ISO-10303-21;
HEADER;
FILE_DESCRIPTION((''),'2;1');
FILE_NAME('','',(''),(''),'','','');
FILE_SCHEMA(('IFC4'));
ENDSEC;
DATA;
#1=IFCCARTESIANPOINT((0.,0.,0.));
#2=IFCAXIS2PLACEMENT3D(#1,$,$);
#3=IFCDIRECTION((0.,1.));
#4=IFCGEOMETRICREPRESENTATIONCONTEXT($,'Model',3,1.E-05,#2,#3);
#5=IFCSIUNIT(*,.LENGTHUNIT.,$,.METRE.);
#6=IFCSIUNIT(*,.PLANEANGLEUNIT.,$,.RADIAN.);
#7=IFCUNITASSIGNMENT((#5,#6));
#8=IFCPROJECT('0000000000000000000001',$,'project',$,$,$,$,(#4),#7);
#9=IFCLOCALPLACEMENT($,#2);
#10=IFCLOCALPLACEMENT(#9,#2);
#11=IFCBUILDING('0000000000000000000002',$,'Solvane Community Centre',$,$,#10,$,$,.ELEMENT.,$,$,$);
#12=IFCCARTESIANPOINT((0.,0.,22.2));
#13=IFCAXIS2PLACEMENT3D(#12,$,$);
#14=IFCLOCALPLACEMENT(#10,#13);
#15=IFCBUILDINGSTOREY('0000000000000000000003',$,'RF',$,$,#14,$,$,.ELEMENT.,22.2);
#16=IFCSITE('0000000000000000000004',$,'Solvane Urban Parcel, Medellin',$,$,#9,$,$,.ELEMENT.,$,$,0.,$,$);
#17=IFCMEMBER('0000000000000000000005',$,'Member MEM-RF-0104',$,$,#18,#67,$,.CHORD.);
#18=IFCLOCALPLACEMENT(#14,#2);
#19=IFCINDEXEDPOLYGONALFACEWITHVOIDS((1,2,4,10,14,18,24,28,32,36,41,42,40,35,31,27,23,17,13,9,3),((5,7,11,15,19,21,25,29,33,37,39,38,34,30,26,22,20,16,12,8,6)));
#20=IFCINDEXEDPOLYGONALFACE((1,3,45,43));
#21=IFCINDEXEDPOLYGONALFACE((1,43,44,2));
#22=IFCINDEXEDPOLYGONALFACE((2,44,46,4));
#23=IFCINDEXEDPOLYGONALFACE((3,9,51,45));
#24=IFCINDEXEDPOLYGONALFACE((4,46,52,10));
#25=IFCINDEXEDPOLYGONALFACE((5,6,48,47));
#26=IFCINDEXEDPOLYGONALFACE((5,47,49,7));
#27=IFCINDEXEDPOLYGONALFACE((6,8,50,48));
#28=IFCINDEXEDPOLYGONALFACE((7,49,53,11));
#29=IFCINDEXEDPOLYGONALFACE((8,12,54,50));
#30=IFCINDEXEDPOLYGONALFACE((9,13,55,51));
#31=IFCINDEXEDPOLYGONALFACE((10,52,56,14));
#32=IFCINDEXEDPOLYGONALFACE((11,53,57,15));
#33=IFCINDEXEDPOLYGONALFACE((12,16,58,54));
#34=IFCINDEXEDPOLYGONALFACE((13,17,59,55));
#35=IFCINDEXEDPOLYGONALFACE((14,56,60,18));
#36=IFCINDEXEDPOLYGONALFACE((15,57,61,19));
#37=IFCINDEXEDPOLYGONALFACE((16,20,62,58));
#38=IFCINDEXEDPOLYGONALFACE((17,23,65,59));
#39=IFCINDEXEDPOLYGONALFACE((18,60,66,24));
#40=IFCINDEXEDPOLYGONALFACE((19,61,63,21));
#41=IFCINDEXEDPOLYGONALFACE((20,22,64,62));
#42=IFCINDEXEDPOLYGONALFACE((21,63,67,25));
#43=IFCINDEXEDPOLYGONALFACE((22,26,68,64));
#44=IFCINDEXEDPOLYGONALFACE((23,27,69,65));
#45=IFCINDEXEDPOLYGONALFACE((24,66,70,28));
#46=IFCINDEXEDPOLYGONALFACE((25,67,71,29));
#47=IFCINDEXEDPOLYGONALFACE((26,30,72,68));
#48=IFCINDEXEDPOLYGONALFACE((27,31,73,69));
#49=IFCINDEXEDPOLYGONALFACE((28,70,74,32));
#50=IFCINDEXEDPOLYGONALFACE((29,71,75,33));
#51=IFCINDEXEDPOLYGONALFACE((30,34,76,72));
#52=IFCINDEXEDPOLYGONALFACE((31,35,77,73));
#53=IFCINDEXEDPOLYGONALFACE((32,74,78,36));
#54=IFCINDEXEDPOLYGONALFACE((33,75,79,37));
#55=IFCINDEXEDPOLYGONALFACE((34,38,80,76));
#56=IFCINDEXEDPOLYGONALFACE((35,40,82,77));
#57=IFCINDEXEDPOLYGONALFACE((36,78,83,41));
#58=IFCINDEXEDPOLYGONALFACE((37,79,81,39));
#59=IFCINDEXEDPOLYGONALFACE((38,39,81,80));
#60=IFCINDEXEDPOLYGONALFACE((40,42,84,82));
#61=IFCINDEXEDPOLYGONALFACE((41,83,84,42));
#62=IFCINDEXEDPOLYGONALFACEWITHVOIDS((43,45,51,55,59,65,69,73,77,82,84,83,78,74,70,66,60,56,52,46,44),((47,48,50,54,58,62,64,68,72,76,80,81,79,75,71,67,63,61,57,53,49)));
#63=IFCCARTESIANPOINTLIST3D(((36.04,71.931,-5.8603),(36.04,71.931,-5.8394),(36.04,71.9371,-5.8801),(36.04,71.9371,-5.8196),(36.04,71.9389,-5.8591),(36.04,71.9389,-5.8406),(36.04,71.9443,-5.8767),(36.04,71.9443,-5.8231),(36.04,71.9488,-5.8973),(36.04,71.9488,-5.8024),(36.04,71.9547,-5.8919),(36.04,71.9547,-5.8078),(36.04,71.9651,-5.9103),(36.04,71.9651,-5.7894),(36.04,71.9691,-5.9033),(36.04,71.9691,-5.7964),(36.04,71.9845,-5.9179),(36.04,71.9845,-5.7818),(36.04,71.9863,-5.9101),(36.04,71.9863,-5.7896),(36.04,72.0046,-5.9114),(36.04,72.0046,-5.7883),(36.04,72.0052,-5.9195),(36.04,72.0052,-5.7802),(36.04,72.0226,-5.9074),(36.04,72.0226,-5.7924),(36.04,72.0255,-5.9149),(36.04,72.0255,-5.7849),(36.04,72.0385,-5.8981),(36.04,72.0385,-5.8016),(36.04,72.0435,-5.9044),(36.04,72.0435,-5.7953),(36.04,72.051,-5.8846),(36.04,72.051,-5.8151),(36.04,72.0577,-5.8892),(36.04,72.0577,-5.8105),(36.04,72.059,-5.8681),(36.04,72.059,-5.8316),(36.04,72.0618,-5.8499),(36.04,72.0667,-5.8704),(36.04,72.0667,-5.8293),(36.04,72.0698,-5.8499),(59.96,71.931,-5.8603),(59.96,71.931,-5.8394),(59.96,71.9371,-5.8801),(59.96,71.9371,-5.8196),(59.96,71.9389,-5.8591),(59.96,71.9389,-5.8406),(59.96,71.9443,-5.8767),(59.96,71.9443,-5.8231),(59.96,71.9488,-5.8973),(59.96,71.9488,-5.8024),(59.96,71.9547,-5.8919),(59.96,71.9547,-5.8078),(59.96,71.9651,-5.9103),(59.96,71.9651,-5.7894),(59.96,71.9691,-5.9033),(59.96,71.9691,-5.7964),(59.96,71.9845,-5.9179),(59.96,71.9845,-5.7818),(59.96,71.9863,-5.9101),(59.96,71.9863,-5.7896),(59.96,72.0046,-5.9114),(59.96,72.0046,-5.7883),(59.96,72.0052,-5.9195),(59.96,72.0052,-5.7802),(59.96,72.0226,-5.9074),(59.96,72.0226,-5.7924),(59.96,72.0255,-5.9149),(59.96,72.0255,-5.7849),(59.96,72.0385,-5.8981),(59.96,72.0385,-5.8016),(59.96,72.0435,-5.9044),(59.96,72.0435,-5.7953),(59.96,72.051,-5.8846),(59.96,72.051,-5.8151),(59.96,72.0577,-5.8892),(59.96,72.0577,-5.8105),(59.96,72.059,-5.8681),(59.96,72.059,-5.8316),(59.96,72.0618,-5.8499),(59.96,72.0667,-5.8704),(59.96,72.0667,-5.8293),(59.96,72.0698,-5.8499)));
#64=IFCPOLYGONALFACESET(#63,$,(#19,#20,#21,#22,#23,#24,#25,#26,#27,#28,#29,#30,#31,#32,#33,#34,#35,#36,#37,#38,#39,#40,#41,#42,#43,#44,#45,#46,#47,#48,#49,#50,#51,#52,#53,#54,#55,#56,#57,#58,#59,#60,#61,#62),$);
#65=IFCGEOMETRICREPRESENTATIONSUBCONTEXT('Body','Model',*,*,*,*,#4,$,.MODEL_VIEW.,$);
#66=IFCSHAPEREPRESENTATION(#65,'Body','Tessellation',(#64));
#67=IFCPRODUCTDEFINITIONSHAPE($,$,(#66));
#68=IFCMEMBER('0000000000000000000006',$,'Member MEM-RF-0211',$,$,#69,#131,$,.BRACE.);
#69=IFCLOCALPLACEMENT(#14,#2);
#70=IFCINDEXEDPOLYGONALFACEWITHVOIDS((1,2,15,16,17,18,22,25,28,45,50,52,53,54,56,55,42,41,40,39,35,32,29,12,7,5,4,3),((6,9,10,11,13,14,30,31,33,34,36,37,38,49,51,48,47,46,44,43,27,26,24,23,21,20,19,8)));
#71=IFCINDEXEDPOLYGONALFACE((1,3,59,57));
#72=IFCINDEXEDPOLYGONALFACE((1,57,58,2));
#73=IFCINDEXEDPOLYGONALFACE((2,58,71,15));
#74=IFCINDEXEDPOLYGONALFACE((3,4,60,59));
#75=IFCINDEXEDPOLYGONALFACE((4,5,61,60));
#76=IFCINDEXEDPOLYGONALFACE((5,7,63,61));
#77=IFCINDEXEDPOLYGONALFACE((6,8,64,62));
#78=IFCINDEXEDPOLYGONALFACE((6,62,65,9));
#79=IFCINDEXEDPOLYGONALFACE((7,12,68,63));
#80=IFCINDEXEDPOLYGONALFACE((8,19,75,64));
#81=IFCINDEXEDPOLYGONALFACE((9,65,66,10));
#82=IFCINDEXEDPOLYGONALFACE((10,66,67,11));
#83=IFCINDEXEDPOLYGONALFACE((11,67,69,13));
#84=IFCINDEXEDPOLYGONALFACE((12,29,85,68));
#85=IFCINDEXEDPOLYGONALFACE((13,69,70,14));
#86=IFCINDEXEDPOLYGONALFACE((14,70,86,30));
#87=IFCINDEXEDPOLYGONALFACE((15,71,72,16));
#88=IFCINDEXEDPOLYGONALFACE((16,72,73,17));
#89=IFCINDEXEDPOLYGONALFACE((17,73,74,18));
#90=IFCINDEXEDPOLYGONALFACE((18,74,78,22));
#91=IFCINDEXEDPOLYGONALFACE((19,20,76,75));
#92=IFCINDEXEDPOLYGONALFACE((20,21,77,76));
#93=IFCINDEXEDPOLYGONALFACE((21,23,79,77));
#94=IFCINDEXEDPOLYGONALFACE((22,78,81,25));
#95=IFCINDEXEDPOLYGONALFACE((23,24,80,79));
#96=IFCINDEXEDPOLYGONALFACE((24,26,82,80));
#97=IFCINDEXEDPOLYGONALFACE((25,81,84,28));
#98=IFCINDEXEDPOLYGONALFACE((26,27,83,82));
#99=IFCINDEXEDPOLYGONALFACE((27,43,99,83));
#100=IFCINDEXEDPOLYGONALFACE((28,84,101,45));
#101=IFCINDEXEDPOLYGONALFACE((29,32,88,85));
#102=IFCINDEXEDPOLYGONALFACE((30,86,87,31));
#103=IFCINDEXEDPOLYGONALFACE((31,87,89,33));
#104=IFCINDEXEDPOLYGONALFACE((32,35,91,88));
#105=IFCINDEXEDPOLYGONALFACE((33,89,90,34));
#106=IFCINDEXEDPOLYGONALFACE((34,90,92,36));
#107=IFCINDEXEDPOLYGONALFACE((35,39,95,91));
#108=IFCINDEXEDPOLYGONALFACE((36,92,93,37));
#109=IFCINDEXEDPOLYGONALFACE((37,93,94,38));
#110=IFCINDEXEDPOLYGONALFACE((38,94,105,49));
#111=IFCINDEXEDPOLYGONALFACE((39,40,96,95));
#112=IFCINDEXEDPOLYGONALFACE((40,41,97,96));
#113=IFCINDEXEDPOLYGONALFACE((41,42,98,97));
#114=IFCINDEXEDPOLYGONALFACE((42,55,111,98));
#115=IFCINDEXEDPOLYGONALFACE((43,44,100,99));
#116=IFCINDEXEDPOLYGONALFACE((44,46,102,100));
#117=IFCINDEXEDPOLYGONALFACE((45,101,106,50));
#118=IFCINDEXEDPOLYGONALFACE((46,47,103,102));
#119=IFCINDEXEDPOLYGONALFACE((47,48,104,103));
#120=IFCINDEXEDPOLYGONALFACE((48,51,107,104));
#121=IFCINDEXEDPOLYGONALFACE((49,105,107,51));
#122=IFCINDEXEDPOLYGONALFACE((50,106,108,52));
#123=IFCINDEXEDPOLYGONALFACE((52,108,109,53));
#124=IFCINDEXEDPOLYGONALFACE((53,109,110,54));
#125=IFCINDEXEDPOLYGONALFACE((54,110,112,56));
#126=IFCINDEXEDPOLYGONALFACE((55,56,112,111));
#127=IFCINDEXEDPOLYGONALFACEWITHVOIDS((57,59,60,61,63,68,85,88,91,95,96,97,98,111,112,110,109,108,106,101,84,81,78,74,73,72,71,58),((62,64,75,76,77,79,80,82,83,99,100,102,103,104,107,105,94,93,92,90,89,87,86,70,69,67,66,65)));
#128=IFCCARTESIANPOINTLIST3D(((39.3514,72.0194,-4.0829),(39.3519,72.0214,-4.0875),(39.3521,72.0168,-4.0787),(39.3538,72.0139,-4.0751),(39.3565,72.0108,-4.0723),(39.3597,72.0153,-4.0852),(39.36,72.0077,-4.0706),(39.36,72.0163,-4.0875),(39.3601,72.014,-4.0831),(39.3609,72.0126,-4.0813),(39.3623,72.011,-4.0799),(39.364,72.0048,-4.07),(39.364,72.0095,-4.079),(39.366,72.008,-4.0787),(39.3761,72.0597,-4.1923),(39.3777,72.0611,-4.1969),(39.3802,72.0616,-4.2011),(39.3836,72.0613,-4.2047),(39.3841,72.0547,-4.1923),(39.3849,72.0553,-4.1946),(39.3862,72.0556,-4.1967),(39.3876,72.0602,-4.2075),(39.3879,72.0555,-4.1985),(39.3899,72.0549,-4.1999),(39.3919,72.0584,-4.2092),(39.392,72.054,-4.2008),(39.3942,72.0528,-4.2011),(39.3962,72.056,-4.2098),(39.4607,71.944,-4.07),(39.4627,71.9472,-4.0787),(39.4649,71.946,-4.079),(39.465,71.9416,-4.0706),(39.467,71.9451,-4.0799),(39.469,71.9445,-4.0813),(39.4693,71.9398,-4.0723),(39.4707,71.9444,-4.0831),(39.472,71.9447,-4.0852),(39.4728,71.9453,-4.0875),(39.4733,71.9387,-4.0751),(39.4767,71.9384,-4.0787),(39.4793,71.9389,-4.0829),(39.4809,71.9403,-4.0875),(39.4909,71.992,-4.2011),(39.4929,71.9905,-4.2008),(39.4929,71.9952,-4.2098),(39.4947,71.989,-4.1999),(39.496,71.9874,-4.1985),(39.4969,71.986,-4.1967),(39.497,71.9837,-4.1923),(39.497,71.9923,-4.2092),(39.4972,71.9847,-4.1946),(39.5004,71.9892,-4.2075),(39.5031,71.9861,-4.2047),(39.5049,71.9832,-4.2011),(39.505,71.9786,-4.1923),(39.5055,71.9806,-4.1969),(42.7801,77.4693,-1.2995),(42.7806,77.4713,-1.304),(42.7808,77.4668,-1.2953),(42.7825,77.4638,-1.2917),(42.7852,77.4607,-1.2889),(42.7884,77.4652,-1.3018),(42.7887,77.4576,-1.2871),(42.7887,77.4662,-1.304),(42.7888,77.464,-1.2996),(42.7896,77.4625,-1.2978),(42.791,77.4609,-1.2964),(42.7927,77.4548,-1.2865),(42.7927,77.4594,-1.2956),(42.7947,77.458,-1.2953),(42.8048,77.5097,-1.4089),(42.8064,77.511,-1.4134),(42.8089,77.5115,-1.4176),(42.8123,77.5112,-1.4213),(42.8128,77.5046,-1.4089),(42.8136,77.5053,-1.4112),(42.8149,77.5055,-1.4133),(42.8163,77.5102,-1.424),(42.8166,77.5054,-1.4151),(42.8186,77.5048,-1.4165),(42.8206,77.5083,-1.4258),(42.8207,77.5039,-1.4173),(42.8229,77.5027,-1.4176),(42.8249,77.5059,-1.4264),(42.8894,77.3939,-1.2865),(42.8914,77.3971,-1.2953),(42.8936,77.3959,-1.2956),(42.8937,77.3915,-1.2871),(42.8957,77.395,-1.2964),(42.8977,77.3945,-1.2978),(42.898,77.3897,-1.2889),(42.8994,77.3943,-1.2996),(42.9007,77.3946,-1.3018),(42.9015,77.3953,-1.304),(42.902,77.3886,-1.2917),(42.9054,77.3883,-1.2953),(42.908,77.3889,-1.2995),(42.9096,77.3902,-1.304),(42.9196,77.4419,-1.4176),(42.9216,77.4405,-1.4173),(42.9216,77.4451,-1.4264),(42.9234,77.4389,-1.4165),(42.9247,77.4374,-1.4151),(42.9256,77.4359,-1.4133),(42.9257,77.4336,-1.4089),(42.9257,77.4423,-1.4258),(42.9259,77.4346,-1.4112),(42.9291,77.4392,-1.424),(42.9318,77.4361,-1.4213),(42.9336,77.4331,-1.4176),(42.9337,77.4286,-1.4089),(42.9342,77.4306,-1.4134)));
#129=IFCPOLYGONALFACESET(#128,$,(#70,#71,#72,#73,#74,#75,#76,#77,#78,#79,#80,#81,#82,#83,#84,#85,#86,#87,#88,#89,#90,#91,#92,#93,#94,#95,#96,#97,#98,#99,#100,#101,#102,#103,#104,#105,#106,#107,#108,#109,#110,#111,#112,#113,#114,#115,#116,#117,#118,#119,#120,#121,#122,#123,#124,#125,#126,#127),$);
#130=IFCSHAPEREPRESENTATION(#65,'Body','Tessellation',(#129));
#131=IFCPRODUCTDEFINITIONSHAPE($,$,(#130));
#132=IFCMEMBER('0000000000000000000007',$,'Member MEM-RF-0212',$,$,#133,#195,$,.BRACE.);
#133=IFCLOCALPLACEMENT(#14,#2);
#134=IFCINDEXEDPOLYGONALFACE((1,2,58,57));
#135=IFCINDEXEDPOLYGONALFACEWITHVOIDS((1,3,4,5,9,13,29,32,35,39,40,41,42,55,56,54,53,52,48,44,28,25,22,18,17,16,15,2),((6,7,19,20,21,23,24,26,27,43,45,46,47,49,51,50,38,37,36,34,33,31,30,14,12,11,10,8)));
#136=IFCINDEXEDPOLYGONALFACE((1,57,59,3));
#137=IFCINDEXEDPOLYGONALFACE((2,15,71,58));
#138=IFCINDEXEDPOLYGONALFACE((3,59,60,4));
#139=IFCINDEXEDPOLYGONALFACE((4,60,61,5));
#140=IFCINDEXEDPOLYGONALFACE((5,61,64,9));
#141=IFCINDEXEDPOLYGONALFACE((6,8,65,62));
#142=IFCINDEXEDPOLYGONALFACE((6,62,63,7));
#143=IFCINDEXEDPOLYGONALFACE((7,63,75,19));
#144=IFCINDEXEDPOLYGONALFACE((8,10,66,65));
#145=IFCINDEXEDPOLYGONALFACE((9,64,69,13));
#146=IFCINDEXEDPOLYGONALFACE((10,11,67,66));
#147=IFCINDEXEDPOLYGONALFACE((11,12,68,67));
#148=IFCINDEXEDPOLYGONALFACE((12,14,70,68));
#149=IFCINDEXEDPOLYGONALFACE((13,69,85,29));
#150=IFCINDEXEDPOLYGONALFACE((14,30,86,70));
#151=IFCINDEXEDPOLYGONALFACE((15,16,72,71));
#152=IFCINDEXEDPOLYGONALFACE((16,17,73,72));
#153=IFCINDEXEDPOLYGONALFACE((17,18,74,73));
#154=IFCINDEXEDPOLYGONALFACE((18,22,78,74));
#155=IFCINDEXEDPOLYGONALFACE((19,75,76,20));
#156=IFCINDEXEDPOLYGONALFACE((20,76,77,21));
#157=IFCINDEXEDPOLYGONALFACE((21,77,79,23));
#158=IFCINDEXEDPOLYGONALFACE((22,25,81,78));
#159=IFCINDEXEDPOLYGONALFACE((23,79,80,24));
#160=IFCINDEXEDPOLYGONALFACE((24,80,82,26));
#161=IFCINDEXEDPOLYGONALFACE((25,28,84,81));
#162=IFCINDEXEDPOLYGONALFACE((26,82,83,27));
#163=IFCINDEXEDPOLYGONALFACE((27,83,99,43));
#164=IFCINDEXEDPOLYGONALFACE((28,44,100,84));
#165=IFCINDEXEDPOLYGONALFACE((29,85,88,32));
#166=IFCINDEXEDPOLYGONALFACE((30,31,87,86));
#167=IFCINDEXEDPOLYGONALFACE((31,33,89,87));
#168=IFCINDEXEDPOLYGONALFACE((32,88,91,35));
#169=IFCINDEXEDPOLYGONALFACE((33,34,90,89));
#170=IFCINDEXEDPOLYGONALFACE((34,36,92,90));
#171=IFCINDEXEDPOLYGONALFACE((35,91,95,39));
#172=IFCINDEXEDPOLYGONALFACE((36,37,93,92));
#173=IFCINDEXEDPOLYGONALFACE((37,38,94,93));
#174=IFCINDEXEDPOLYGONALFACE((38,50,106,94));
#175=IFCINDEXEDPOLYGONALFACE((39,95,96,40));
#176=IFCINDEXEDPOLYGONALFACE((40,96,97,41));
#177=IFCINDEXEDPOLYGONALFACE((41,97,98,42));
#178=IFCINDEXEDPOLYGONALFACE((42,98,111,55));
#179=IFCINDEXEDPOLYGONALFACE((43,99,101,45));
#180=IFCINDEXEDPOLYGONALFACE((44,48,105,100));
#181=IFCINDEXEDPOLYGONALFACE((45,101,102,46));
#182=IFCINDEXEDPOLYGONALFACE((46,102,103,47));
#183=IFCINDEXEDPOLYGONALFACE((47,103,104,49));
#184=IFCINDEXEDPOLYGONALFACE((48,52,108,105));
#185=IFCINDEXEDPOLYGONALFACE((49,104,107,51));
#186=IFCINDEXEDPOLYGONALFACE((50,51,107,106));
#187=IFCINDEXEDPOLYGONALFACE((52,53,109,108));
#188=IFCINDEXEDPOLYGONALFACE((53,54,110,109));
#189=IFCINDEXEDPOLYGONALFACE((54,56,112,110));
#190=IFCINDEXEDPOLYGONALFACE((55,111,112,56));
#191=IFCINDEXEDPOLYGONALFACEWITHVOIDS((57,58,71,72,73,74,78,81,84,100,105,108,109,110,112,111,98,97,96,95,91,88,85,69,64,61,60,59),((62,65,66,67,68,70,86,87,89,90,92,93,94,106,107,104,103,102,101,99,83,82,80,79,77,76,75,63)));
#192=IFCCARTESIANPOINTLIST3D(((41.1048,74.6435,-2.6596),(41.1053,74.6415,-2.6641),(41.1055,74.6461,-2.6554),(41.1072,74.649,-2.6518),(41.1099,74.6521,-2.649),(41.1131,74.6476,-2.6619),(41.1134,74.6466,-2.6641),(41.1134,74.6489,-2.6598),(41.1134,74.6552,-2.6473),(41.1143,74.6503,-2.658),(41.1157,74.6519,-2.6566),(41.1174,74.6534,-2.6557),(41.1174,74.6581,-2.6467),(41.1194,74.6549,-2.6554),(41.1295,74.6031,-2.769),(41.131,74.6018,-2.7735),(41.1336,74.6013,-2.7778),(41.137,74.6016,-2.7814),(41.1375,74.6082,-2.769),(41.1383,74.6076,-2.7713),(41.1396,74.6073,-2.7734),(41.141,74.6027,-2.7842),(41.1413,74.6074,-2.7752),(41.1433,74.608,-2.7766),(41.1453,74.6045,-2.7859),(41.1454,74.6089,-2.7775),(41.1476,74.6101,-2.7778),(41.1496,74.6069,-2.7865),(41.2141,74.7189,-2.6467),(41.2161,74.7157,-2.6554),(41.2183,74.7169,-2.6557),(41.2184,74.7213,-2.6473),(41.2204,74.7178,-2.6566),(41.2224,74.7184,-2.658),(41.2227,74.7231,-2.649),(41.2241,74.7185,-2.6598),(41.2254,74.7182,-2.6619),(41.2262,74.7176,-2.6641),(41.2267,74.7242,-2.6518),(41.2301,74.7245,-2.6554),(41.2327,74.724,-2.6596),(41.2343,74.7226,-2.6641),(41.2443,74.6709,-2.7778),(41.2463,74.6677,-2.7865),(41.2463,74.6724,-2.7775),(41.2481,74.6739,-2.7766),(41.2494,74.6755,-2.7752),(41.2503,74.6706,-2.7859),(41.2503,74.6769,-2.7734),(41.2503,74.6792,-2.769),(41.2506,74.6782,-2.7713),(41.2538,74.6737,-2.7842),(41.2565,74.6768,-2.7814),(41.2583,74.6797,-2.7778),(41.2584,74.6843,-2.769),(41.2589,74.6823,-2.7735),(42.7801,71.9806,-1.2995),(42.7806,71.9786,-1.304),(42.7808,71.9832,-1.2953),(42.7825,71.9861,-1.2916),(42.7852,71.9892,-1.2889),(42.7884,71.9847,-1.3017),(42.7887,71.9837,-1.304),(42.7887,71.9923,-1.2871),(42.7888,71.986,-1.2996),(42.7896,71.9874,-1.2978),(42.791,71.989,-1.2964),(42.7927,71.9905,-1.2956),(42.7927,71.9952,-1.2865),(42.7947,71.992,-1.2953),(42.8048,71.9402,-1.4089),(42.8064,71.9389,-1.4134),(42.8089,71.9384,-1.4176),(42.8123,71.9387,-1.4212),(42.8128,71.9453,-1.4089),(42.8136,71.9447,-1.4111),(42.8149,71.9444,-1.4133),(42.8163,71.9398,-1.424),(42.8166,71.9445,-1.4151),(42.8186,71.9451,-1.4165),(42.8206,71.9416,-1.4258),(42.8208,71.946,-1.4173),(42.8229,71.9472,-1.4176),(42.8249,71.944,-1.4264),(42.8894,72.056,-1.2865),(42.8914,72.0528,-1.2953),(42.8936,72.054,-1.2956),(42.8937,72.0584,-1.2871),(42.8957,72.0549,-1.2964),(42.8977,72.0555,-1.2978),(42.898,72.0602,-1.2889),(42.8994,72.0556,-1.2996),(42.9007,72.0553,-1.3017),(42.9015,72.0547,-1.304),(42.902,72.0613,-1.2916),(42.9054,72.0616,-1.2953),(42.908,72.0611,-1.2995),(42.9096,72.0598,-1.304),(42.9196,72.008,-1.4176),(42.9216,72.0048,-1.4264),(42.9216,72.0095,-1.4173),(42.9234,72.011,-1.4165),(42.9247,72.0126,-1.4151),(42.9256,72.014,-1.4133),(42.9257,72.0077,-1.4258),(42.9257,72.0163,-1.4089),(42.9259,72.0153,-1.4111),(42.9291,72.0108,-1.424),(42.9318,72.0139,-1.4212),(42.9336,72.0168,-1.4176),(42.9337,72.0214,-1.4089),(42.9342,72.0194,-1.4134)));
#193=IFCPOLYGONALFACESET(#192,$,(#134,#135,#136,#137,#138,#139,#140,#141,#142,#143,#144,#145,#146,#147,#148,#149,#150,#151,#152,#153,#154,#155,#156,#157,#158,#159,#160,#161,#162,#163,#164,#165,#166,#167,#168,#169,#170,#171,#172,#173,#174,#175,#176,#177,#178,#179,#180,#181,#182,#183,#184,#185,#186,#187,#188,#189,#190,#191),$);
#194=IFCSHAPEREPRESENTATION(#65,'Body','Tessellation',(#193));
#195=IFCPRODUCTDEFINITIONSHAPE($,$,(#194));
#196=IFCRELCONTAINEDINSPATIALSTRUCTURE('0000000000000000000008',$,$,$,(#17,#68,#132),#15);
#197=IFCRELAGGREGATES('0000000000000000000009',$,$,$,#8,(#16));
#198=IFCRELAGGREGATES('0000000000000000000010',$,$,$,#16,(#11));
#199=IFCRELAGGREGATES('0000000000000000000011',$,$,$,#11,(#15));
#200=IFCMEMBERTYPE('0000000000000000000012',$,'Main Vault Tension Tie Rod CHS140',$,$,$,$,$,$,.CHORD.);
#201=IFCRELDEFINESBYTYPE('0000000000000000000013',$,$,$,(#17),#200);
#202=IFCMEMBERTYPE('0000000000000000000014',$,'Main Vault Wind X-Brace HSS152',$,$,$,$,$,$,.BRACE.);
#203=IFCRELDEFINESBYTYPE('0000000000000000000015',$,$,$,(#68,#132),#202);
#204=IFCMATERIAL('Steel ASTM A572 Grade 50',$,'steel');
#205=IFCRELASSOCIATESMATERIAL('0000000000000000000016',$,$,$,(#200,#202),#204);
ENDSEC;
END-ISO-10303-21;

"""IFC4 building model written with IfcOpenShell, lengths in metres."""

from ifc_helpers import new_model, si_unit, direction, frame, origin, origin_2d, place, context, subcontext, project, spatial, hollow_rectangle, hollow_circle, extrude, material, material_profile, profile_set, type_object, element, save


model = new_model("IFC4")

# Units and contexts
model_context = context("Model", 3, precision=1e-05, world=origin(), true_north=direction((0.0, 1.0)))
body_context = subcontext(model_context, "Body", "Model", "MODEL_VIEW")
ifc_project = project(units=[si_unit("LENGTHUNIT", "METRE"), si_unit("PLANEANGLEUNIT", "RADIAN")], contexts=[model_context])

# Site, building, storey
site_placement = place(None, origin())
site = spatial("IfcSite", under=ifc_project, at=site_placement, Name="Solvane Urban Parcel, Medellin", CompositionType="ELEMENT", RefElevation=0.0)
building_placement = place(site_placement, origin())
building = spatial("IfcBuilding", under=site, at=building_placement, Name="Solvane Community Centre", CompositionType="ELEMENT")
storey_placement = place(building_placement, frame((0.0, 0.0, 22.2)))
storey = spatial("IfcBuildingStorey", under=building, at=storey_placement, Name="RF", CompositionType="ELEMENT", Elevation=22.2)

# Members
ifc_material_1 = material(Name="Steel ASTM A572 Grade 50", Category="steel")
ifc_material_profile_1 = material_profile(ifc_material_1, hollow_circle(Radius=0.0698, WallThickness=0.0081, at=origin_2d()), Name="CHS 139.7x8.0")
ifc_profile_set_1 = profile_set([ifc_material_profile_1], Name="Steel ASTM A572 Grade 50")
member_type_1 = type_object("IfcMemberType", Name="Main Vault Tension Tie Rod CHS140", PredefinedType="CHORD", material=ifc_profile_set_1)
member_1_placement = place(storey_placement, frame((36.04, 72.0, -5.8499), z_axis=(1.0, 0.0, 0.0), x_axis=(0.0, 1.0, 0.0)))
element("IfcMember", 1, at=member_1_placement, inside=storey, type_object=member_type_1, Name="Member MEM-RF-0104", PredefinedType="CHORD", context=body_context, shape_type="SweptSolid", body=[
    extrude(hollow_circle(Radius=0.0698, WallThickness=0.0081, at=origin_2d()), origin(), (0.0, 0.0, 1.0), 23.9199),
])
ifc_material_profile_2 = material_profile(ifc_material_1, hollow_rectangle(XDim=0.1523, YDim=0.1523, WallThickness=0.0095, InnerFilletRadius=0.0095, OuterFilletRadius=0.019, at=origin_2d()), Name="HSS 152x152x9.5")
ifc_profile_set_2 = profile_set([ifc_material_profile_2], Name="Steel ASTM A572 Grade 50")
member_type_2 = type_object("IfcMemberType", Name="Main Vault Wind X-Brace HSS152", PredefinedType="BRACE", material=ifc_profile_set_2)
member_2_placement = place(storey_placement, frame((39.4285, 72.0, -4.1399), z_axis=(0.488791, 0.776936, 0.396804), x_axis=(-0.846425, 0.532509, 0.0)))
element("IfcMember", 2, at=member_2_placement, inside=storey, type_object=member_type_2, Name="Member MEM-RF-0211", PredefinedType="BRACE", context=body_context, shape_type="SweptSolid", body=[
    extrude(hollow_rectangle(XDim=0.1523, YDim=0.1523, WallThickness=0.0095, InnerFilletRadius=0.0095, OuterFilletRadius=0.019, at=origin_2d()), origin(), (0.0, 0.0, 1.0), 7.0146),
])
member_3_placement = place(storey_placement, frame((42.8572, 72.0, -1.3564), z_axis=(-0.488791, 0.776923, -0.396831), x_axis=(-0.846421, -0.532515, 0.0)))
element("IfcMember", 3, at=member_3_placement, inside=storey, type_object=member_type_2, Name="Member MEM-RF-0212", PredefinedType="BRACE", context=body_context, shape_type="SweptSolid", body=[
    extrude(hollow_rectangle(XDim=0.1523, YDim=0.1523, WallThickness=0.0095, InnerFilletRadius=0.0095, OuterFilletRadius=0.019, at=origin_2d()), origin(), (0.0, 0.0, 1.0), 3.4275),
])

save(model, "model.ifc")
